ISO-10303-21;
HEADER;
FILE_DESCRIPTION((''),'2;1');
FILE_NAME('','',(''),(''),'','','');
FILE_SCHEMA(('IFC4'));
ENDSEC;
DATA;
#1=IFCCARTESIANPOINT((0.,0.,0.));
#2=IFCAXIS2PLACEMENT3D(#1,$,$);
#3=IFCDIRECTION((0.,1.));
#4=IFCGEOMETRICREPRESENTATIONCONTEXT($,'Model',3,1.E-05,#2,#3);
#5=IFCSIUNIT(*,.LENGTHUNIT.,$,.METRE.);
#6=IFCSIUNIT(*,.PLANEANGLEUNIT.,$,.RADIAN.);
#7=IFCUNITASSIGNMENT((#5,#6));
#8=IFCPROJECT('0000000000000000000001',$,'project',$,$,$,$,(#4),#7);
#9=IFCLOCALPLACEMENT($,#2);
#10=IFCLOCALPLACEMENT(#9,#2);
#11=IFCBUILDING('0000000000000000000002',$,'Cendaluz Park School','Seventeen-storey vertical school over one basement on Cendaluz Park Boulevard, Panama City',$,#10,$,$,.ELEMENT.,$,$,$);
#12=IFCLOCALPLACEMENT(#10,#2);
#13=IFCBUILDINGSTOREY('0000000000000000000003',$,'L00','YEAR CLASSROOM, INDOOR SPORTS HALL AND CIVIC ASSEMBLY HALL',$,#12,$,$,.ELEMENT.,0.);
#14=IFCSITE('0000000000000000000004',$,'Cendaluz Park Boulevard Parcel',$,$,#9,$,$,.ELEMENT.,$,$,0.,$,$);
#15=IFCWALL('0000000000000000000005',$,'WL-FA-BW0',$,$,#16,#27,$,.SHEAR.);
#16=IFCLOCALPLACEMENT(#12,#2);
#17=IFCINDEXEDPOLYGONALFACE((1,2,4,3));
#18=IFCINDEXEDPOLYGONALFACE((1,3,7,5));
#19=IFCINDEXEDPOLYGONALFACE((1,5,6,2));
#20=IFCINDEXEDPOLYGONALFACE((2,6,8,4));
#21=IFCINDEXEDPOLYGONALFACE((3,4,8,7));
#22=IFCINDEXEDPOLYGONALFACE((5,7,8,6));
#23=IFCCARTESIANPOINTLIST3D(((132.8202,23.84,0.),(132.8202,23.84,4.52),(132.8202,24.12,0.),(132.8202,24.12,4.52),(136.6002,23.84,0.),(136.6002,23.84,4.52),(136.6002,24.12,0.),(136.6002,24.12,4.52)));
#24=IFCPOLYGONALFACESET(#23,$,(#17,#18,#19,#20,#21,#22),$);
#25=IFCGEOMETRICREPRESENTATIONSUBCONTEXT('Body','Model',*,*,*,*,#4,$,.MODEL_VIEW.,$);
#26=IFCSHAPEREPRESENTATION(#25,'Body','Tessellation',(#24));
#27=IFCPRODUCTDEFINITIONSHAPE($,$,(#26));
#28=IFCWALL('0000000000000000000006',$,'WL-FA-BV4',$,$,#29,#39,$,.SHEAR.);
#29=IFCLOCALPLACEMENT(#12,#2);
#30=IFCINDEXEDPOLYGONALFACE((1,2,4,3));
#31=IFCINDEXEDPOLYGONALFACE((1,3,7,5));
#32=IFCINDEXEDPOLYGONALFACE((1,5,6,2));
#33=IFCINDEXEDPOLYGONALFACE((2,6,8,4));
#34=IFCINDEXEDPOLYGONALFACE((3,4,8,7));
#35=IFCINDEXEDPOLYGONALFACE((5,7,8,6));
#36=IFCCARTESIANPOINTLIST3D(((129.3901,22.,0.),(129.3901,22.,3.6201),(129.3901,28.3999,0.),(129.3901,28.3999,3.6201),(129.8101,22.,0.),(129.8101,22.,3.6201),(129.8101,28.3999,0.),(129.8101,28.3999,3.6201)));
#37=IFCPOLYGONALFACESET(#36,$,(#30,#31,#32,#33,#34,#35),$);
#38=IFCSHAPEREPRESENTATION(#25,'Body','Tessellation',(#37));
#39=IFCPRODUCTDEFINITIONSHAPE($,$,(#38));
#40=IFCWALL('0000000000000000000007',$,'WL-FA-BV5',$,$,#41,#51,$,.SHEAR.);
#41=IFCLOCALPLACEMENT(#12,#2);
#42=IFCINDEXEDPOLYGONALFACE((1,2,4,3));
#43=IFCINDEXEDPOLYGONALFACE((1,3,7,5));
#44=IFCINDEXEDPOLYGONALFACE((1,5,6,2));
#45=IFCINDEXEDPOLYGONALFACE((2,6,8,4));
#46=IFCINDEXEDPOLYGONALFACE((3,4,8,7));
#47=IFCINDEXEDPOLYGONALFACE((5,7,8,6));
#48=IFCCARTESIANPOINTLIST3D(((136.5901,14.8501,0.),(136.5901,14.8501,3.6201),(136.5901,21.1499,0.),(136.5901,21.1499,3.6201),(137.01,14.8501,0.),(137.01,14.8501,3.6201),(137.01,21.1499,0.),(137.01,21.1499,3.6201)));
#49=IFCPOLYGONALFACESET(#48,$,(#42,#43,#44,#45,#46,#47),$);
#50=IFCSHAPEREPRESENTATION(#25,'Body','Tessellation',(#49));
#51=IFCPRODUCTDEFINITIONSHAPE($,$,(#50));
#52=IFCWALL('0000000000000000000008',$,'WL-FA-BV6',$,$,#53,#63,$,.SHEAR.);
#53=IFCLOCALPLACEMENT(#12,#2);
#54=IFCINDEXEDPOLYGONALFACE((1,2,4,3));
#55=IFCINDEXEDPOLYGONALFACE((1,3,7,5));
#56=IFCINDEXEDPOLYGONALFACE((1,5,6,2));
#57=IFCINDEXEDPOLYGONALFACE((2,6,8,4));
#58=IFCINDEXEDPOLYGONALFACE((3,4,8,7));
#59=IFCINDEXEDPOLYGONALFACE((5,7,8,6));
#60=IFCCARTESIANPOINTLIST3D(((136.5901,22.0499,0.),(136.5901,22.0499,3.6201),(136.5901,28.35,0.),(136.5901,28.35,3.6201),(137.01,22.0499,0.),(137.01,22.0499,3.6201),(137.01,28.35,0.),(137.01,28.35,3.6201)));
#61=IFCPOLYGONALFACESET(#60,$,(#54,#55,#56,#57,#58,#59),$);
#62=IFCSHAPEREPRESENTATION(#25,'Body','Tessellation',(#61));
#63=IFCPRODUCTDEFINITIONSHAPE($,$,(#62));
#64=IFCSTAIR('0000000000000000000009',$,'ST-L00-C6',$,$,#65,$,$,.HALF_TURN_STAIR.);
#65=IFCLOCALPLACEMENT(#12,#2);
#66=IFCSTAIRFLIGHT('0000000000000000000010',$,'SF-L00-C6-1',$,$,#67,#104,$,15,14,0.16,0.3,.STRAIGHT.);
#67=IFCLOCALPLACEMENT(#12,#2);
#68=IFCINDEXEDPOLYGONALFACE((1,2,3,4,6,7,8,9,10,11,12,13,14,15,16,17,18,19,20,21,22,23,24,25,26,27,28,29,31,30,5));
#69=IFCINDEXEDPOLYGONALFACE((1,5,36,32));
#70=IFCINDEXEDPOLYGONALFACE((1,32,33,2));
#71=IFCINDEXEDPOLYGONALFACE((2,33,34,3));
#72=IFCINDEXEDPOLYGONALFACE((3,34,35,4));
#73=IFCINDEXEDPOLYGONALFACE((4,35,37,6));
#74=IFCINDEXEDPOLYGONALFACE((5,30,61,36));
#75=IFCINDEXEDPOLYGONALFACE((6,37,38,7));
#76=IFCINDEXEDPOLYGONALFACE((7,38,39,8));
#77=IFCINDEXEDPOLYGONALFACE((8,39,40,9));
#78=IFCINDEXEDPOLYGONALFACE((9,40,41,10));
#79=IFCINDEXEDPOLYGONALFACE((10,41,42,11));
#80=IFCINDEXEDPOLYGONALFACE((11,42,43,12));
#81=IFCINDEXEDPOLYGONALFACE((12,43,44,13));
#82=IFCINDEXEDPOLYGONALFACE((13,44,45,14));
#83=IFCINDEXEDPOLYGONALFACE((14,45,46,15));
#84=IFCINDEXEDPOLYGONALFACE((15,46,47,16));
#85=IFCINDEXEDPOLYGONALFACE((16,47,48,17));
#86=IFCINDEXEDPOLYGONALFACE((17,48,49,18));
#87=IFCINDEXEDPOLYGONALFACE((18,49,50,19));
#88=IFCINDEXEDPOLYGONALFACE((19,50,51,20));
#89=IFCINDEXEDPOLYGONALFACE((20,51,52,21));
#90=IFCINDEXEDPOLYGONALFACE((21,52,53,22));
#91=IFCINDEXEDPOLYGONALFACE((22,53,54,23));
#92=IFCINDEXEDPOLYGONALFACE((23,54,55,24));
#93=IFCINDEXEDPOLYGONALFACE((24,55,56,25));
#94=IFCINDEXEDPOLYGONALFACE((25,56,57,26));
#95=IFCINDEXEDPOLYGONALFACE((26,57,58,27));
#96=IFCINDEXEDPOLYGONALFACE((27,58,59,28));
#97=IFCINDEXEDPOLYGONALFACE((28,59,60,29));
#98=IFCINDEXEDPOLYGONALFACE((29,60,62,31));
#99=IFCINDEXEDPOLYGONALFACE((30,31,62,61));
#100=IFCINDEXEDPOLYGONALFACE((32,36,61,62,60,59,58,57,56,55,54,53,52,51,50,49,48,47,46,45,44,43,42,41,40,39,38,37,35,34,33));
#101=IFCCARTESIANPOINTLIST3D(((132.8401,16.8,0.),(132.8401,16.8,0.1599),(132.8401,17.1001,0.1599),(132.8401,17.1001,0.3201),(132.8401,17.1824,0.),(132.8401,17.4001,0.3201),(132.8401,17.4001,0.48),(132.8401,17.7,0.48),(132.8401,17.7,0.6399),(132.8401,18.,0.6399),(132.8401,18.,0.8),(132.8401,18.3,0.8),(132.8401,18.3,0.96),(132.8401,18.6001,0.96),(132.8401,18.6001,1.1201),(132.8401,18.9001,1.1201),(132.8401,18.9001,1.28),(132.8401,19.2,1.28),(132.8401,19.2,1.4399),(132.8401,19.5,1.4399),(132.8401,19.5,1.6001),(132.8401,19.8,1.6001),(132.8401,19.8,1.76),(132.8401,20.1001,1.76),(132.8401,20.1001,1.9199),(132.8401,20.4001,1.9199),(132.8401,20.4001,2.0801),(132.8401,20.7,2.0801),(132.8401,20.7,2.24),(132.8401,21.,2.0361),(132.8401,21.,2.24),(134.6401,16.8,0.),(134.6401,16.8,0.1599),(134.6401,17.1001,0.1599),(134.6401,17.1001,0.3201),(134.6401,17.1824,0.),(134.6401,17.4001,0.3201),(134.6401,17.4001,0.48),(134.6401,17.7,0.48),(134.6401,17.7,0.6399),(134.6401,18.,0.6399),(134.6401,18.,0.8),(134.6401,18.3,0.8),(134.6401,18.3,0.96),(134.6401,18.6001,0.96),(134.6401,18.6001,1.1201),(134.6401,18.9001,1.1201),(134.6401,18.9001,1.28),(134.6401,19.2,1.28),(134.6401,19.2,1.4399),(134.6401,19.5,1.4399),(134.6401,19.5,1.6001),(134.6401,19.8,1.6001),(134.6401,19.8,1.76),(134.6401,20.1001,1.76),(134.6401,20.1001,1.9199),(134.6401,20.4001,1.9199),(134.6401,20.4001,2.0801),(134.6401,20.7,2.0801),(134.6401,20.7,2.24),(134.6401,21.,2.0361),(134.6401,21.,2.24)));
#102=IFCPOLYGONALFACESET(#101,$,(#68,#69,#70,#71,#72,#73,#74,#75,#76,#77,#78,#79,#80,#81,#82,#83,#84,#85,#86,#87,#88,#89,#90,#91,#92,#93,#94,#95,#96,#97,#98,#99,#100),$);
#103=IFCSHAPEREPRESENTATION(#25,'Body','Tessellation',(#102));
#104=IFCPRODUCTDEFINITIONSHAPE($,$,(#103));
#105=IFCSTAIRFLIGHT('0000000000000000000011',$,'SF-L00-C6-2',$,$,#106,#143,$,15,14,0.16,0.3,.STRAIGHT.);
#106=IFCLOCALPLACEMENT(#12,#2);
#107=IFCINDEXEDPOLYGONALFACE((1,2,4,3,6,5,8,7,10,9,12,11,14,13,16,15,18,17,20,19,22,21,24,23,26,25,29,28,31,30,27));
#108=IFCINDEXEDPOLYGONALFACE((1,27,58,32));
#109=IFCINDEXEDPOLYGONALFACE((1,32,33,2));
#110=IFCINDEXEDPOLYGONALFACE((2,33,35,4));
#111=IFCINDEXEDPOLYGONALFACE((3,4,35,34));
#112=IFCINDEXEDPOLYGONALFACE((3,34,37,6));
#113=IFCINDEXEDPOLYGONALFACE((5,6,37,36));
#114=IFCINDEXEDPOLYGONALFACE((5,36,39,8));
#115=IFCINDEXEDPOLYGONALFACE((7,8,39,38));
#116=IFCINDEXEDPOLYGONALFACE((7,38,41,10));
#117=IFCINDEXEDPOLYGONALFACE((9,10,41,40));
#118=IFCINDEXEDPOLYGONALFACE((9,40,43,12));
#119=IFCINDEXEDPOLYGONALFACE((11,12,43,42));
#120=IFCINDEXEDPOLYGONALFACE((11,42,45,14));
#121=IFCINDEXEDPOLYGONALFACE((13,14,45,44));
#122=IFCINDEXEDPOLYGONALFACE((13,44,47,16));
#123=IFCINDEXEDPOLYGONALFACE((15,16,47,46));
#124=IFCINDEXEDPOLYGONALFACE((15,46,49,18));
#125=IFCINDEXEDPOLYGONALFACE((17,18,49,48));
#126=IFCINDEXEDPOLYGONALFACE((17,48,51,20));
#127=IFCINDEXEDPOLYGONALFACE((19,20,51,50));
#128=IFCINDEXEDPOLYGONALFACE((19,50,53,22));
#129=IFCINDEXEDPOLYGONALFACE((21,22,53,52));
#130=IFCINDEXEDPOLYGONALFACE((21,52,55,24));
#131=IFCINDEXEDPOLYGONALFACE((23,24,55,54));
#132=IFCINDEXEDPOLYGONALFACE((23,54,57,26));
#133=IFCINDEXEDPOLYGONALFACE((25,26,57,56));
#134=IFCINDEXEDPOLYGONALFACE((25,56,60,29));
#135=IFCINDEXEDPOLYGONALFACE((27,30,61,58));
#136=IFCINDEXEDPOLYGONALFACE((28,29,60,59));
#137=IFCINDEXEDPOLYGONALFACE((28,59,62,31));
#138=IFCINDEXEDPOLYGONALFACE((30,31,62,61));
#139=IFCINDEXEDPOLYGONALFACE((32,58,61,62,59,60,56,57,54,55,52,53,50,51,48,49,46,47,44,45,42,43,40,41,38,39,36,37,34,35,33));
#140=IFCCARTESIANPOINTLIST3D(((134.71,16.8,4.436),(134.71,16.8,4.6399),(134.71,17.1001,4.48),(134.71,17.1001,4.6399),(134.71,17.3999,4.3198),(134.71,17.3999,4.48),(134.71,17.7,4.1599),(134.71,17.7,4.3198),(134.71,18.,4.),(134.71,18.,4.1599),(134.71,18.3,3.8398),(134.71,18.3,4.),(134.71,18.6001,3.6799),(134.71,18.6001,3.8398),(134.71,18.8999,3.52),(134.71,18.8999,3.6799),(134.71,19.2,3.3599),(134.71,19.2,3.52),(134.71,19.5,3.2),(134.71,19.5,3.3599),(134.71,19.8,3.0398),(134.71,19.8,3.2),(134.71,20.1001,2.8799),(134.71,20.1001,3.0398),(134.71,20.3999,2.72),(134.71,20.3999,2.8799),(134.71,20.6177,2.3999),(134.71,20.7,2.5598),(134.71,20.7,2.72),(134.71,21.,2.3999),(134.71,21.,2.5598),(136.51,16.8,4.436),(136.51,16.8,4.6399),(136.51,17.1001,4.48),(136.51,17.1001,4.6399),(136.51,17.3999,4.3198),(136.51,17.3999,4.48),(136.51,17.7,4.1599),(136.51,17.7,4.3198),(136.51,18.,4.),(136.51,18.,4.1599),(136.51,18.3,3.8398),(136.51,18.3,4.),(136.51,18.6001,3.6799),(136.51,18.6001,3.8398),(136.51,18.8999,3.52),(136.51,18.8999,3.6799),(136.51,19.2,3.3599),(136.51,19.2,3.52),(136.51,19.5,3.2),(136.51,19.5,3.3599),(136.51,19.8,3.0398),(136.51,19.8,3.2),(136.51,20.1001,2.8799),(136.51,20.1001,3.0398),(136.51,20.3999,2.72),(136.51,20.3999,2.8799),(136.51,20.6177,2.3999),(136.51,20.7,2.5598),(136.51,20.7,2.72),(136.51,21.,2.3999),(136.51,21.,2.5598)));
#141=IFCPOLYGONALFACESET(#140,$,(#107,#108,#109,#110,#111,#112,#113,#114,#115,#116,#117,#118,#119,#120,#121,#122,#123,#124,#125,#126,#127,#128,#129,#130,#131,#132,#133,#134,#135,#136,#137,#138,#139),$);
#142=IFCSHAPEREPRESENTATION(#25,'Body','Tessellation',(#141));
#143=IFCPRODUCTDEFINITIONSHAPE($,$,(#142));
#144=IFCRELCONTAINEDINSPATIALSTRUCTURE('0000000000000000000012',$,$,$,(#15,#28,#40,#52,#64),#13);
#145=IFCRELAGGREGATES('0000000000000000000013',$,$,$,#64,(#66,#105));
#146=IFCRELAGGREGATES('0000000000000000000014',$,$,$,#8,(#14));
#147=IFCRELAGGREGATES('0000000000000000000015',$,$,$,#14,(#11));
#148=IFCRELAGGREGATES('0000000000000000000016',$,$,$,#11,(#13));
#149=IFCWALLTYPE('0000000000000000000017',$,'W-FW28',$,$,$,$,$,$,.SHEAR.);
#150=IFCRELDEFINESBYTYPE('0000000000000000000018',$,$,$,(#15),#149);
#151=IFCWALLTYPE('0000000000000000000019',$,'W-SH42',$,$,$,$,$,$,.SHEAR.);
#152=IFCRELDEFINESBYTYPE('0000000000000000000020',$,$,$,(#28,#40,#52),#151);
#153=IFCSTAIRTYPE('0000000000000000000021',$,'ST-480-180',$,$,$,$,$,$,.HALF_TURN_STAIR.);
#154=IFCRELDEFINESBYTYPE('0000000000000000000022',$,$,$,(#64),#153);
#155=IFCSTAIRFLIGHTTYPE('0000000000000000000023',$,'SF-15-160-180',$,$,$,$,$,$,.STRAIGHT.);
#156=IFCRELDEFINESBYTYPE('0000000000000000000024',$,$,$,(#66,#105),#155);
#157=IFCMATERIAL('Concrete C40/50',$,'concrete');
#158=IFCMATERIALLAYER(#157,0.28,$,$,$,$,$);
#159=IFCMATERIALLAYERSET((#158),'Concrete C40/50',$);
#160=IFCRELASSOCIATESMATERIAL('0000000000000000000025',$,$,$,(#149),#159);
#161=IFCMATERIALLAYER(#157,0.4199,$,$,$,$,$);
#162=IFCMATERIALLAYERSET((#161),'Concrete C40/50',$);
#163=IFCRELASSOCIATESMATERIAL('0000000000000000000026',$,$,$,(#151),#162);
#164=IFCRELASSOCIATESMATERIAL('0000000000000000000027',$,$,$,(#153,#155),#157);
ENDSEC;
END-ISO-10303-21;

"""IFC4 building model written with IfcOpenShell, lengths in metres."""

from ifc_helpers import new_model, si_unit, direction, frame, frame_2d, origin, place, context, subcontext, project, spatial, polyline, rectangle, outline, extrude, material, layer, layer_set, type_object, element, aggregate, save


model = new_model("IFC4")

# Units and contexts
model_context = context("Model", 3, precision=1e-05, world=origin(), true_north=direction((0.0, 1.0)))
body_context = subcontext(model_context, "Body", "Model", "MODEL_VIEW")
ifc_project = project(units=[si_unit("LENGTHUNIT", "METRE"), si_unit("PLANEANGLEUNIT", "RADIAN")], contexts=[model_context])

# Site, building, storey
site_placement = place(None, origin())
site = spatial("IfcSite", under=ifc_project, at=site_placement, Name="Cendaluz Park Boulevard Parcel", CompositionType="ELEMENT", RefElevation=0.0)
building_placement = place(site_placement, origin())
building = spatial("IfcBuilding", under=site, at=building_placement, Name="Cendaluz Park School", Description="Seventeen-storey vertical school over one basement on Cendaluz Park Boulevard, Panama City", CompositionType="ELEMENT")
storey_placement = place(building_placement, origin())
storey = spatial("IfcBuildingStorey", under=building, at=storey_placement, Name="L00", Description="YEAR CLASSROOM, INDOOR SPORTS HALL AND CIVIC ASSEMBLY HALL", CompositionType="ELEMENT", Elevation=0.0)

# Shared definitions
ifc_material_1 = material(Name="Concrete C40/50", Category="concrete")

# Wall
ifc_layer_1 = layer(ifc_material_1, 0.28)
ifc_layer_set_1 = layer_set([ifc_layer_1], Name="Concrete C40/50")
wall_type_1 = type_object("IfcWallType", Name="W-FW28", PredefinedType="SHEAR", material=ifc_layer_set_1)
wall_1_placement = place(storey_placement, frame((132.8201, 23.98, 0.0), z_axis=(0.0, 0.0, 1.0), x_axis=(1.0, 0.0, 0.0)))
element("IfcWall", 1, at=wall_1_placement, inside=storey, type_object=wall_type_1, Name="WL-FA-BW0", PredefinedType="SHEAR", context=body_context, shape_type="SweptSolid", body=[
    extrude(rectangle(XDim=3.78, YDim=0.28, at=frame_2d((1.8901, 0.0))), origin(), (0.0, 0.0, 1.0), 4.52),
])

# Walls
ifc_layer_2 = layer(ifc_material_1, 0.4199)
ifc_layer_set_2 = layer_set([ifc_layer_2], Name="Concrete C40/50")
wall_type_2 = type_object("IfcWallType", Name="W-SH42", PredefinedType="SHEAR", material=ifc_layer_set_2)
wall_2_placement = place(storey_placement, frame((129.6001, 22.0, 0.0), z_axis=(0.0, 0.0, 1.0), x_axis=(0.0, 1.0, 0.0)))
element("IfcWall", 2, at=wall_2_placement, inside=storey, type_object=wall_type_2, Name="WL-FA-BV4", PredefinedType="SHEAR", context=body_context, shape_type="SweptSolid", body=[
    extrude(rectangle(XDim=6.3999, YDim=0.4199, at=frame_2d((3.2, 0.0))), origin(), (0.0, 0.0, 1.0), 3.6201),
])
wall_3_placement = place(storey_placement, frame((136.8, 14.8501, 0.0), z_axis=(0.0, 0.0, 1.0), x_axis=(0.0, 1.0, 0.0)))
element("IfcWall", 3, at=wall_3_placement, inside=storey, type_object=wall_type_2, Name="WL-FA-BV5", PredefinedType="SHEAR", context=body_context, shape_type="SweptSolid", body=[
    extrude(rectangle(XDim=6.2998, YDim=0.4199, at=frame_2d((3.1499, 0.0))), origin(), (0.0, 0.0, 1.0), 3.6201),
])
wall_4_placement = place(storey_placement, frame((136.8, 22.05, 0.0), z_axis=(0.0, 0.0, 1.0), x_axis=(0.0, 1.0, 0.0)))
element("IfcWall", 4, at=wall_4_placement, inside=storey, type_object=wall_type_2, Name="WL-FA-BV6", PredefinedType="SHEAR", context=body_context, shape_type="SweptSolid", body=[
    extrude(rectangle(XDim=6.3, YDim=0.4199, at=frame_2d((3.1499, 0.0))), origin(), (0.0, 0.0, 1.0), 3.6201),
])

# Stair, stair flights
stair_type = type_object("IfcStairType", Name="ST-480-180", PredefinedType="HALF_TURN_STAIR", material=ifc_material_1)
stair_placement = place(storey_placement, origin())
stair = element("IfcStair", 5, at=stair_placement, inside=storey, type_object=stair_type, Name="ST-L00-C6", PredefinedType="HALF_TURN_STAIR")
stair_flight_type = type_object("IfcStairFlightType", Name="SF-15-160-180", PredefinedType="STRAIGHT", material=ifc_material_1)
stair_flight_1_placement = place(storey_placement, frame((133.74, 16.8, 0.0), z_axis=(0.0, 0.0, 1.0), x_axis=(0.0, 1.0, 0.0)))
stair_flight_1 = element("IfcStairFlight", 6, at=stair_flight_1_placement, type_object=stair_flight_type, Name="SF-L00-C6-1", NumberOfRisers=15, NumberOfTreads=14, PredefinedType="STRAIGHT", RiserHeight=0.16, TreadLength=0.3, context=body_context, shape_type="SweptSolid", body=[
    extrude(outline(polyline([(0.0, 0.0), (0.0, 0.1599), (0.3, 0.1599), (0.3, 0.3201), (0.6001, 0.3201), (0.6001, 0.48), (0.8999, 0.48), (0.8999, 0.6399), (1.2, 0.6399), (1.2, 0.8), (1.5, 0.8), (1.5, 0.96), (1.8, 0.96), (1.8, 1.1201), (2.1001, 1.1201), (2.1001, 1.28), (2.3999, 1.28), (2.3999, 1.4399), (2.7, 1.4399), (2.7, 1.6001), (3.0, 1.6001), (3.0, 1.76), (3.3, 1.76), (3.3, 1.9199), (3.6001, 1.9199), (3.6001, 2.0801), (3.8999, 2.0801), (3.8999, 2.24), (4.2, 2.24), (4.2, 2.3999), (4.2, 2.0361), (0.3823, 0.0), (0.0, 0.0)])), frame((0.0, 0.8999, 0.0), z_axis=(0.0, -1.0, 0.0), x_axis=(1.0, 0.0, 0.0)), (0.0, 0.0, 1.0), 1.8),
])
stair_flight_2_placement = place(storey_placement, frame((135.6101, 21.0, 2.3999), z_axis=(0.0, 0.0, 1.0), x_axis=(0.0, -1.0, 0.0)))
stair_flight_2 = element("IfcStairFlight", 7, at=stair_flight_2_placement, type_object=stair_flight_type, Name="SF-L00-C6-2", NumberOfRisers=15, NumberOfTreads=14, PredefinedType="STRAIGHT", RiserHeight=0.16, TreadLength=0.3, context=body_context, shape_type="SweptSolid", body=[
    extrude(outline(polyline([(0.0, 0.0), (0.0, 0.1599), (0.3, 0.1599), (0.3, 0.3201), (0.6001, 0.3201), (0.6001, 0.48), (0.8999, 0.48), (0.8999, 0.6399), (1.2, 0.6399), (1.2, 0.8), (1.5, 0.8), (1.5, 0.96), (1.8, 0.96), (1.8, 1.1201), (2.1001, 1.1201), (2.1001, 1.28), (2.3999, 1.28), (2.3999, 1.4399), (2.7, 1.4399), (2.7, 1.6001), (3.0, 1.6001), (3.0, 1.76), (3.3, 1.76), (3.3, 1.9199), (3.6001, 1.9199), (3.6001, 2.0801), (3.8999, 2.0801), (3.8999, 2.24), (4.2, 2.24), (4.2, 2.3999), (4.2, 2.0361), (0.3823, 0.0), (0.0, 0.0)])), frame((0.0, 0.8999, 0.0), z_axis=(0.0, -1.0, 0.0), x_axis=(1.0, 0.0, 0.0)), (0.0, 0.0, 1.0), 1.8),
])
aggregate(stair, [stair_flight_1, stair_flight_2])

save(model, "model.ifc")
